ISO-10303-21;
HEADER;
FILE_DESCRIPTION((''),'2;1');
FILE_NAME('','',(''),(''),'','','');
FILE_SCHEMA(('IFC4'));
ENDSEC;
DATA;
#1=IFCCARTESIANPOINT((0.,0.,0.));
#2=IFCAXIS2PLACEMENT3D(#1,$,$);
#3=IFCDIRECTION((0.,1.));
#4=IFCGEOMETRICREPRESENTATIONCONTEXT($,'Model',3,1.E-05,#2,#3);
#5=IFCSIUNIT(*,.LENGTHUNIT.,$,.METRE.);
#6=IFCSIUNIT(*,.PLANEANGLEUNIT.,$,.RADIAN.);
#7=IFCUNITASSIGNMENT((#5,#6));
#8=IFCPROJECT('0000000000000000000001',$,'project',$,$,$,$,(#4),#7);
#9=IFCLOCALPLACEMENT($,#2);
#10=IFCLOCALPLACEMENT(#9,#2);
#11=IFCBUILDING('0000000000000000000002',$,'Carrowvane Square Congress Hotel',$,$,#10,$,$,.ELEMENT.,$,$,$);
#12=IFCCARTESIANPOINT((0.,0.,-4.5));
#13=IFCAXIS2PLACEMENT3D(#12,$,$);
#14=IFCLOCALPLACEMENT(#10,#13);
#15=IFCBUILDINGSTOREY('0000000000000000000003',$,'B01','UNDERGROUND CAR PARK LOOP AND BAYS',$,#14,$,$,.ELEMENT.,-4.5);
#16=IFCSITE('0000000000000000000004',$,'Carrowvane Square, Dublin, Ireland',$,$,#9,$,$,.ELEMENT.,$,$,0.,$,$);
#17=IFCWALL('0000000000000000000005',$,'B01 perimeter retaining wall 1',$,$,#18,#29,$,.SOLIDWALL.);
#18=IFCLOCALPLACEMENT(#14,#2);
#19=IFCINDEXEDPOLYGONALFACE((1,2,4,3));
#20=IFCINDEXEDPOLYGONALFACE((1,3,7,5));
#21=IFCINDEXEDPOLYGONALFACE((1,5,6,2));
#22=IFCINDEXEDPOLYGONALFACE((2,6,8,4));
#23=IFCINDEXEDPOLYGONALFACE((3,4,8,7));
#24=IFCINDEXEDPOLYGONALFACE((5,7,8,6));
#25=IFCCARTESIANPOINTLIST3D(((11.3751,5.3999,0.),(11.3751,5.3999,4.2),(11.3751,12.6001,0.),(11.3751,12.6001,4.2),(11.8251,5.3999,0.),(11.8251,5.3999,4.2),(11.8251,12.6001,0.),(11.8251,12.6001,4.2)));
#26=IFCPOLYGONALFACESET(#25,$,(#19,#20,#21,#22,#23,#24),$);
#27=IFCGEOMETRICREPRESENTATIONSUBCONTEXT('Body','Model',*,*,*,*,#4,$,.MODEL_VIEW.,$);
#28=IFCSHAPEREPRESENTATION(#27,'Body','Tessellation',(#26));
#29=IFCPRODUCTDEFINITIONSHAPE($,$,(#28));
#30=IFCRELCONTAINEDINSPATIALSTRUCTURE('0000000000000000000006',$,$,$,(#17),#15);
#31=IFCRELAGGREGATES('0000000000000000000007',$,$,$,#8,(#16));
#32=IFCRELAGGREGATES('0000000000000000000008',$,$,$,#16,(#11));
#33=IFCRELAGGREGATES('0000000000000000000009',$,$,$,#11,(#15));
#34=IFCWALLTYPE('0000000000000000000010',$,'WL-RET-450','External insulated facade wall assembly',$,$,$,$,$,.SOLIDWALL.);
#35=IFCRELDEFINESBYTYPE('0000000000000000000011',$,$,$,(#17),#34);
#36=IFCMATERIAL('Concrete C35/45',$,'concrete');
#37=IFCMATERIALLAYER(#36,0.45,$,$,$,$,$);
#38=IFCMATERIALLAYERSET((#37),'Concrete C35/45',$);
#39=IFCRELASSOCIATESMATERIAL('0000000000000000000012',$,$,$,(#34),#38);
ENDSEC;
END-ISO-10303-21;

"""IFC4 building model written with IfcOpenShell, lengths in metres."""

from ifc_helpers import new_model, si_unit, direction, frame, frame_2d, origin, place, context, subcontext, project, spatial, rectangle, extrude, material, layer, layer_set, type_object, element, save


model = new_model("IFC4")

# Units and contexts
model_context = context("Model", 3, precision=1e-05, world=origin(), true_north=direction((0.0, 1.0)))
body_context = subcontext(model_context, "Body", "Model", "MODEL_VIEW")
ifc_project = project(units=[si_unit("LENGTHUNIT", "METRE"), si_unit("PLANEANGLEUNIT", "RADIAN")], contexts=[model_context])

# Site, building, storey
site_placement = place(None, origin())
site = spatial("IfcSite", under=ifc_project, at=site_placement, Name="Carrowvane Square, Dublin, Ireland", CompositionType="ELEMENT", RefElevation=0.0)
building_placement = place(site_placement, origin())
building = spatial("IfcBuilding", under=site, at=building_placement, Name="Carrowvane Square Congress Hotel", CompositionType="ELEMENT")
storey_placement = place(building_placement, frame((0.0, 0.0, -4.5)))
storey = spatial("IfcBuildingStorey", under=building, at=storey_placement, Name="B01", Description="UNDERGROUND CAR PARK LOOP AND BAYS", CompositionType="ELEMENT", Elevation=-4.5)

# Wall
ifc_material_1 = material(Name="Concrete C35/45", Category="concrete")
ifc_layer_1 = layer(ifc_material_1, 0.45)
ifc_layer_set_1 = layer_set([ifc_layer_1], Name="Concrete C35/45")
wall_type = type_object("IfcWallType", Name="WL-RET-450", Description="External insulated facade wall assembly", PredefinedType="SOLIDWALL", material=ifc_layer_set_1)
wall_placement = place(storey_placement, frame((11.6001, 5.3999, 0.0), z_axis=(0.0, 0.0, 1.0), x_axis=(0.0, 1.0, 0.0)))
element("IfcWall", 1, at=wall_placement, inside=storey, type_object=wall_type, Name="B01 perimeter retaining wall 1", PredefinedType="SOLIDWALL", context=body_context, shape_type="SweptSolid", body=[
    extrude(rectangle(XDim=7.2002, YDim=0.45, at=frame_2d((3.6001, 0.0))), origin(), (0.0, 0.0, 1.0), 4.2),
])

save(model, "model.ifc")
